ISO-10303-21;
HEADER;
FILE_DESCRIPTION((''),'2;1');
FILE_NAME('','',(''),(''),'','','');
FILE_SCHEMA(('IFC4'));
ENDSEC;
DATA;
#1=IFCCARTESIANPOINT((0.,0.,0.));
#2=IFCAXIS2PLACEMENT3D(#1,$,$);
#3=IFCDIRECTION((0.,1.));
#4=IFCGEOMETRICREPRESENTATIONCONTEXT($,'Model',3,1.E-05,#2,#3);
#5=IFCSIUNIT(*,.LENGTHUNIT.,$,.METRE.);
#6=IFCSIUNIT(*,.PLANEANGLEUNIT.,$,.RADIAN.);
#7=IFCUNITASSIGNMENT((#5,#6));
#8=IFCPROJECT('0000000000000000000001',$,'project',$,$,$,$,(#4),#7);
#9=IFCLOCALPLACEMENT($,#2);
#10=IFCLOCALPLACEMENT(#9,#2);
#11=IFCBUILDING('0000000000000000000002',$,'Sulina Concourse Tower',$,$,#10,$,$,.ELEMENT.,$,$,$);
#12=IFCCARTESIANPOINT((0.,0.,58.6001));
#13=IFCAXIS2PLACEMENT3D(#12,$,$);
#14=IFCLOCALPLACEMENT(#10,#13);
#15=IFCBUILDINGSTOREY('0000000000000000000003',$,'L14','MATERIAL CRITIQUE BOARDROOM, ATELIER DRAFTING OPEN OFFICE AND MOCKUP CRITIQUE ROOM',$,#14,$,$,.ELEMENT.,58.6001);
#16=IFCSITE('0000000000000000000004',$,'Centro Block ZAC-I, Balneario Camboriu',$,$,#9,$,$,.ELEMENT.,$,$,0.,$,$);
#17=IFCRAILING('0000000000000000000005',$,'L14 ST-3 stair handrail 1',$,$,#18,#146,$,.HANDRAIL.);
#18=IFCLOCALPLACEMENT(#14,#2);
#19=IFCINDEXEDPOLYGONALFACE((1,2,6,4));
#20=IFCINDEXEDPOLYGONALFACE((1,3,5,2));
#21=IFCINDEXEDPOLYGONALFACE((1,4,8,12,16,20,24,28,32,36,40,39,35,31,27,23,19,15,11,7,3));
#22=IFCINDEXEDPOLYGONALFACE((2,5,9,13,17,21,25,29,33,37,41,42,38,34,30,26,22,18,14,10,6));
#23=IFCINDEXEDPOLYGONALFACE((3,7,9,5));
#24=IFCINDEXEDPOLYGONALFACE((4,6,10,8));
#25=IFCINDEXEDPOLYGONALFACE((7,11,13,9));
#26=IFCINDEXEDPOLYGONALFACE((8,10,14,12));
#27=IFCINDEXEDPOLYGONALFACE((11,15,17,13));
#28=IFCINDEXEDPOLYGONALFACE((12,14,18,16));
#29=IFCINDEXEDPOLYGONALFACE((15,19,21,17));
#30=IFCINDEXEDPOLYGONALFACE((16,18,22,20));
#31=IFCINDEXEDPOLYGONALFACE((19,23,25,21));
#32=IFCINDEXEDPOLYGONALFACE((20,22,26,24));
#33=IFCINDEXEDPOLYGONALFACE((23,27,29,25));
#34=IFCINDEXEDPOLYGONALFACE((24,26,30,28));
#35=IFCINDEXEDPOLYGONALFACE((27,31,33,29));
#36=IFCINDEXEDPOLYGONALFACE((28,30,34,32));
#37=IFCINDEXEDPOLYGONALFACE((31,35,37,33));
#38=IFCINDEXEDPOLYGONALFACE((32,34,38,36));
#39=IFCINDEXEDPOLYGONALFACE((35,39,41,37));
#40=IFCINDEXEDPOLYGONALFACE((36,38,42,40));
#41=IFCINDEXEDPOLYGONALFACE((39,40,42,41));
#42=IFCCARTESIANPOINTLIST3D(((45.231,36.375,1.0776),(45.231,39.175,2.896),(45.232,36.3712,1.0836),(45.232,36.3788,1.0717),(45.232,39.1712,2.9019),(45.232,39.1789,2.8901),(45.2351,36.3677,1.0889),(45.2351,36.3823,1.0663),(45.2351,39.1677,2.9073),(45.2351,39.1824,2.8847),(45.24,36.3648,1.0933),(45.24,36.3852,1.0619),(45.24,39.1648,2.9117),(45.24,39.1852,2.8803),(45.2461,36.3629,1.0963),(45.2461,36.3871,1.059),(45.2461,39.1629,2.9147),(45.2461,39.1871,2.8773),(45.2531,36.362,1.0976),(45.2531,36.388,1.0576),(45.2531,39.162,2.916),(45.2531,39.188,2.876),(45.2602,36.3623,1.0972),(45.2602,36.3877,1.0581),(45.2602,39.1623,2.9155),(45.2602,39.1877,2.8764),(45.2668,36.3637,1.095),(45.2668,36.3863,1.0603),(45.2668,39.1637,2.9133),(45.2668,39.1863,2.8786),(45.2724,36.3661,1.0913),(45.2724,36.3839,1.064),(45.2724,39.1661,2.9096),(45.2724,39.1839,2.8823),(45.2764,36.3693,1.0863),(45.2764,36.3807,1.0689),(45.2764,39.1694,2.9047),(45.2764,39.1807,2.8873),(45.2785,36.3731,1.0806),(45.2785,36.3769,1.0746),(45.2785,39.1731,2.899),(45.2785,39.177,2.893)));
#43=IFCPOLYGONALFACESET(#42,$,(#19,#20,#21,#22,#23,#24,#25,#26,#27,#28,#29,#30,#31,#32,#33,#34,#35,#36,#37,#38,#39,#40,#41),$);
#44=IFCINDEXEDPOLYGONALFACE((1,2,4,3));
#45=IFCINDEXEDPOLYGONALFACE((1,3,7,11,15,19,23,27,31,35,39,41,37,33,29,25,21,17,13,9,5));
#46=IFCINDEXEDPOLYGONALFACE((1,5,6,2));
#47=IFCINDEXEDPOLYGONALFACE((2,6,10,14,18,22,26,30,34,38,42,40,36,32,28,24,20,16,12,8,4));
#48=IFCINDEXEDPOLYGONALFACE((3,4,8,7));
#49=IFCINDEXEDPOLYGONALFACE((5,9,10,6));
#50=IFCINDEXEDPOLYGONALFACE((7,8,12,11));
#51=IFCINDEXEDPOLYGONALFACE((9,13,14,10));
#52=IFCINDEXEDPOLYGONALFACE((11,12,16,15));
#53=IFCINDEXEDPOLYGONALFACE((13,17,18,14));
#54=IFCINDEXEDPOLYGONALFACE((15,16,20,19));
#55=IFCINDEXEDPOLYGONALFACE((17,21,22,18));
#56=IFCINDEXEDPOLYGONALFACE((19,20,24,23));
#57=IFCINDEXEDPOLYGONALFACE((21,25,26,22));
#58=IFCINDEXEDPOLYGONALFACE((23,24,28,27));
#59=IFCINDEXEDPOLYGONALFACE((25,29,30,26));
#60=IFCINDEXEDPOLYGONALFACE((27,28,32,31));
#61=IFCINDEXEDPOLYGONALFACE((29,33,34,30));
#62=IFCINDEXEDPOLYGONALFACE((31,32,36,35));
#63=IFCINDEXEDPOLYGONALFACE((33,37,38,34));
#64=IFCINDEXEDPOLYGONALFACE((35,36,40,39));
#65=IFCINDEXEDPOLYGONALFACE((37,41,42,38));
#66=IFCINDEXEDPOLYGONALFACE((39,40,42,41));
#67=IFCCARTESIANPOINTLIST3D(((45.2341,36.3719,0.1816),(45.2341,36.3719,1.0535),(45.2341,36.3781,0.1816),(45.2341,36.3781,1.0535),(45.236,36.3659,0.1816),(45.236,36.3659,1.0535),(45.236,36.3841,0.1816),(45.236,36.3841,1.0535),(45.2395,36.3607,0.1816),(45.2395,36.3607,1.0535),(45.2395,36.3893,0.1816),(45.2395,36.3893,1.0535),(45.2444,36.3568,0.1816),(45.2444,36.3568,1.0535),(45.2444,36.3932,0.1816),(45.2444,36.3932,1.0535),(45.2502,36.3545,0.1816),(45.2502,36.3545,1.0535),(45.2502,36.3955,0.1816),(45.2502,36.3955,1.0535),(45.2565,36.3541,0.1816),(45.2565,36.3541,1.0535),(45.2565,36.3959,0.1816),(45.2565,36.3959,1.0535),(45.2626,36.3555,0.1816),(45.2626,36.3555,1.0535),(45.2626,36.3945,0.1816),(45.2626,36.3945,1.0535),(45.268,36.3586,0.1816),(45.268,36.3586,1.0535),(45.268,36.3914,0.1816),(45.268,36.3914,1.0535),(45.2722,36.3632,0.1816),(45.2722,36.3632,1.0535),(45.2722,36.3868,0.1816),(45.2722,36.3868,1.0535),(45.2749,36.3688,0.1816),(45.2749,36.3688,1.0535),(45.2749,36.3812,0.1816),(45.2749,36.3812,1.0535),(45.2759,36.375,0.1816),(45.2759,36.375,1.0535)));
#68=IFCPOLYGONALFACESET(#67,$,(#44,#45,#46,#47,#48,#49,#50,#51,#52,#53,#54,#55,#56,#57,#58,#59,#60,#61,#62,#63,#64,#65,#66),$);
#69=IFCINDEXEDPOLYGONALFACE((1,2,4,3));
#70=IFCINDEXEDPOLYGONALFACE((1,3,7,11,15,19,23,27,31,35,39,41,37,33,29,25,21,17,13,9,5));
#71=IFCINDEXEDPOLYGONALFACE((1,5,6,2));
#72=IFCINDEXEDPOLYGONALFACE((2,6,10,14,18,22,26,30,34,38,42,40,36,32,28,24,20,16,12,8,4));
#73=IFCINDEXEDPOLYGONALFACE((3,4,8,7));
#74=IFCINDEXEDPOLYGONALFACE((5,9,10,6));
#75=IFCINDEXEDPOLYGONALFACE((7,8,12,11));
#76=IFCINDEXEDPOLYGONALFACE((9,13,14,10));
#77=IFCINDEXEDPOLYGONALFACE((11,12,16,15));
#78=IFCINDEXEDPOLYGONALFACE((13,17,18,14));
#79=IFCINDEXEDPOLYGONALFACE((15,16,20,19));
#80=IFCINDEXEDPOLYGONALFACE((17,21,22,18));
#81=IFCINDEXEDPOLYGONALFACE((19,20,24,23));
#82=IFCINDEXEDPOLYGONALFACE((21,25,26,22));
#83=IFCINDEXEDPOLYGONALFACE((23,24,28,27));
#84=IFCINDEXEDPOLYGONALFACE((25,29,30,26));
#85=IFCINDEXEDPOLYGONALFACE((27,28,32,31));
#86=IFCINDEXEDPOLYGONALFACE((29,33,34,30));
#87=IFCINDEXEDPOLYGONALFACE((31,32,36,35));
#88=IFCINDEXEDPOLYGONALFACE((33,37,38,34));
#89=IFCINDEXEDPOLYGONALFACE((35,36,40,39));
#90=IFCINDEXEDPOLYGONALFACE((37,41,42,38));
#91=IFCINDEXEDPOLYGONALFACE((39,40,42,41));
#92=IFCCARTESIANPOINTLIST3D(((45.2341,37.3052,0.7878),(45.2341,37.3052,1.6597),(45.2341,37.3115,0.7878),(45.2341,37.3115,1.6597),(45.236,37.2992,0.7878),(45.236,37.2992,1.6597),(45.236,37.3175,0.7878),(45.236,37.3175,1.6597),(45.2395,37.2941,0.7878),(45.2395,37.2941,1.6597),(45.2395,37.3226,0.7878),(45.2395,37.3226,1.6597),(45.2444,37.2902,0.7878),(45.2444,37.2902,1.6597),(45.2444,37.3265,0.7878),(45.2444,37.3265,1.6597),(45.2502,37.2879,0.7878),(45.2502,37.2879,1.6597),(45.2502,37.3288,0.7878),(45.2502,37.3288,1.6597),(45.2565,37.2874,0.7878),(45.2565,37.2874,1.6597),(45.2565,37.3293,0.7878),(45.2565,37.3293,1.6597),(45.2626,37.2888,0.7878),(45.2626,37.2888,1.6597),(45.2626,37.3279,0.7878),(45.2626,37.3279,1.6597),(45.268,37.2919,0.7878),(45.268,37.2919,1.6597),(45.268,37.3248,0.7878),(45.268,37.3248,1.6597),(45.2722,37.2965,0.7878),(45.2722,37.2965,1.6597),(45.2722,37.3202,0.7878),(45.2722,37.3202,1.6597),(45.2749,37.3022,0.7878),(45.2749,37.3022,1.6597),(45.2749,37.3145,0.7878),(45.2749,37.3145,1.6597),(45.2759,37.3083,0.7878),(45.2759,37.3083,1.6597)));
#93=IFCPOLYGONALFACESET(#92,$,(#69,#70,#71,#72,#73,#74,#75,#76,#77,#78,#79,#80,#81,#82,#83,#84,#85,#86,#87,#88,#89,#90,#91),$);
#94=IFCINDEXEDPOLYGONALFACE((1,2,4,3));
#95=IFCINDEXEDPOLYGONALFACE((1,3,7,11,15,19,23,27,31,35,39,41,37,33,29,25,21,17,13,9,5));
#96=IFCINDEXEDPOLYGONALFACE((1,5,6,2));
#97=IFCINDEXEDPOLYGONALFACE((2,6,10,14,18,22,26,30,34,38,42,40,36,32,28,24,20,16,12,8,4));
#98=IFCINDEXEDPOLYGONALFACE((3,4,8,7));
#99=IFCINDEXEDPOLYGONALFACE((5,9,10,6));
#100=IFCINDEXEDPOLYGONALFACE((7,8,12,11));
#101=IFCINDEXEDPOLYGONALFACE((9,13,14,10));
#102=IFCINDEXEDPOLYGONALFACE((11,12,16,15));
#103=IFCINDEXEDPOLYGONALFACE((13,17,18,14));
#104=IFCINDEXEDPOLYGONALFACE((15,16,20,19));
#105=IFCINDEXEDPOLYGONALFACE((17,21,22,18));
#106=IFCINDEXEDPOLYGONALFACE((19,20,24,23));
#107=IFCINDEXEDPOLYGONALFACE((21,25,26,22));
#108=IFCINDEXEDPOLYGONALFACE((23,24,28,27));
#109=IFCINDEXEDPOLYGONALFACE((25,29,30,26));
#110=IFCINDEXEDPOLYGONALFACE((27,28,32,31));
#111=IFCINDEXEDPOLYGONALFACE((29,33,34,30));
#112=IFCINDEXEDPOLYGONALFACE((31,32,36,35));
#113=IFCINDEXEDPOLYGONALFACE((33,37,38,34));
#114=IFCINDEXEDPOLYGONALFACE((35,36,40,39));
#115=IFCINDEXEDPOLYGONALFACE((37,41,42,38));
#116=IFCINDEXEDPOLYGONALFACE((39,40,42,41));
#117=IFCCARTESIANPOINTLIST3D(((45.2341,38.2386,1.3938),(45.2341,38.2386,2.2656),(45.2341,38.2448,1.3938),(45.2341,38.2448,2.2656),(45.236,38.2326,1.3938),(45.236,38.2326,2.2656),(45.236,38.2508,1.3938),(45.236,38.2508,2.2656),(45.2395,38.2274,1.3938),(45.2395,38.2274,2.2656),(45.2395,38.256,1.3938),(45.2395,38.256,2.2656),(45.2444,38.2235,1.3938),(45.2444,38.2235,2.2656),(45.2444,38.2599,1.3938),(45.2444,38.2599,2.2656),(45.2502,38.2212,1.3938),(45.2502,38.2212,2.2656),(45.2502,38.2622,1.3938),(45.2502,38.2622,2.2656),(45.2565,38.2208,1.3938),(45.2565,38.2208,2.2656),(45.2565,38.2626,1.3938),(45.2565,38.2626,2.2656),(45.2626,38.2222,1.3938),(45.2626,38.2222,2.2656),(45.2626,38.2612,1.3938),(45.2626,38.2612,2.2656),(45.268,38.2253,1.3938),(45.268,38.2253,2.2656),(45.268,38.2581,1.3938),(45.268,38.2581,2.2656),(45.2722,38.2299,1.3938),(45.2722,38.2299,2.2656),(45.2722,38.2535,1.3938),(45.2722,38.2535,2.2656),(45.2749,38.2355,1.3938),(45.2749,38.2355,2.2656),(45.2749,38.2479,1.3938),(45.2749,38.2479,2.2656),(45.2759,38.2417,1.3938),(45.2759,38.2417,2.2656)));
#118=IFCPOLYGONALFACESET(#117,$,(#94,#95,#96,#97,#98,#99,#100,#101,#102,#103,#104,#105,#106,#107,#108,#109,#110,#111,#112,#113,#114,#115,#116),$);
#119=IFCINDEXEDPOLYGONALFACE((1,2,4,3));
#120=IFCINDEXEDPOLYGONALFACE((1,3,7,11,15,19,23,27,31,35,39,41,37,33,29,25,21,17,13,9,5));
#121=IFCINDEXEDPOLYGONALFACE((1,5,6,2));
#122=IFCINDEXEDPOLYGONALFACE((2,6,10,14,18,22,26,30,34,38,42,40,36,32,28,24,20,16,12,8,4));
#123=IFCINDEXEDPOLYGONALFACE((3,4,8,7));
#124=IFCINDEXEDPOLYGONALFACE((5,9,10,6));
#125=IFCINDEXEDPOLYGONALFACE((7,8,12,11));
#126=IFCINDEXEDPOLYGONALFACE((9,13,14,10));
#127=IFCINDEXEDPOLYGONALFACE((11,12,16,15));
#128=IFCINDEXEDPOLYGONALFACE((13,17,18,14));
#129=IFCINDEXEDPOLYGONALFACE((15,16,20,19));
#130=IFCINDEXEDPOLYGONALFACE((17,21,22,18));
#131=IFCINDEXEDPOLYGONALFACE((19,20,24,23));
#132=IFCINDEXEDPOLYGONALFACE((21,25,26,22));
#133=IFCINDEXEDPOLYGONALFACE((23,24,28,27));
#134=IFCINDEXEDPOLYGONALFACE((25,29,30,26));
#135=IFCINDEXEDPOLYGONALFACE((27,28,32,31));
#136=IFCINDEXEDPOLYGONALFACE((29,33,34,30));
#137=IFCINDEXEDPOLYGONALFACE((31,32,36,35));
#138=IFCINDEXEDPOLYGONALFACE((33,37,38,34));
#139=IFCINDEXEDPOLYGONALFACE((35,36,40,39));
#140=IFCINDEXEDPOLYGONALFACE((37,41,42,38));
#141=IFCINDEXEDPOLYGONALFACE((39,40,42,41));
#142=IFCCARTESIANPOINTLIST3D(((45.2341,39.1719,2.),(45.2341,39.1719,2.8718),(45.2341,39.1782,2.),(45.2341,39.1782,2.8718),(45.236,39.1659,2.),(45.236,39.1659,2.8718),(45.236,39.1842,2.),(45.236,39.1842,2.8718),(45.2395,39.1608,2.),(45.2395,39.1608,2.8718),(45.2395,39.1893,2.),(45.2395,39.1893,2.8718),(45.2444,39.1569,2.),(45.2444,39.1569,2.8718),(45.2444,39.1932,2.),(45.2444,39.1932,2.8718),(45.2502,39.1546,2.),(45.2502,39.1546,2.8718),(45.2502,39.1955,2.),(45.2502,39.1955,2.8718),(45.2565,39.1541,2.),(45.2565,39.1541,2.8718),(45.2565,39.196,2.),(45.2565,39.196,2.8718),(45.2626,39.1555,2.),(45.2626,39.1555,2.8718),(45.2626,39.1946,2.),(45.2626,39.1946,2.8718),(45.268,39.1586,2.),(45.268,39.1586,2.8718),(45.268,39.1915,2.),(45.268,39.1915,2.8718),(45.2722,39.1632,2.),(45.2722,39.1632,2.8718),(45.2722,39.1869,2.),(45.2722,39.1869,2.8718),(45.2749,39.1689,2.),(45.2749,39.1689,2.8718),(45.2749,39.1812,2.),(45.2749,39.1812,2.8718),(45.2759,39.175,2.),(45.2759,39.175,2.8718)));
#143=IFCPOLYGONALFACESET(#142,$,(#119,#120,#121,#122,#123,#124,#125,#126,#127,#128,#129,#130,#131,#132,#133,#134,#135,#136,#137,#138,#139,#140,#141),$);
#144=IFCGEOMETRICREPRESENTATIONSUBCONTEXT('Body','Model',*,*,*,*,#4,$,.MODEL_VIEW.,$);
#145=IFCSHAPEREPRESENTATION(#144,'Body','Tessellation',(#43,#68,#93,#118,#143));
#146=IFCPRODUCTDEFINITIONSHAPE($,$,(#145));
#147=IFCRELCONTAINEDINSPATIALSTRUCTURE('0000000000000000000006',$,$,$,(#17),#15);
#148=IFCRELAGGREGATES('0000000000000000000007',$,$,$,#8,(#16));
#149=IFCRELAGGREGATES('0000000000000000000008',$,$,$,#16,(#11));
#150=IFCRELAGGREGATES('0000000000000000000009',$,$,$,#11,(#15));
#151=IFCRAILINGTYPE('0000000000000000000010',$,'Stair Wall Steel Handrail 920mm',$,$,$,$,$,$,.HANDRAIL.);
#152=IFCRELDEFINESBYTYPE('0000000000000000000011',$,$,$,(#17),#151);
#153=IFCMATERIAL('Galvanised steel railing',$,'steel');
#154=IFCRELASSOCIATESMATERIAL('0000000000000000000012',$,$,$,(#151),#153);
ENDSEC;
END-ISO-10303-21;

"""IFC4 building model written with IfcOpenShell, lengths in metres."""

from ifc_helpers import new_model, si_unit, direction, frame, origin, origin_2d, place, context, subcontext, project, spatial, circle, extrude, material, type_object, element, save


model = new_model("IFC4")

# Units and contexts
model_context = context("Model", 3, precision=1e-05, world=origin(), true_north=direction((0.0, 1.0)))
body_context = subcontext(model_context, "Body", "Model", "MODEL_VIEW")
ifc_project = project(units=[si_unit("LENGTHUNIT", "METRE"), si_unit("PLANEANGLEUNIT", "RADIAN")], contexts=[model_context])

# Site, building, storey
site_placement = place(None, origin())
site = spatial("IfcSite", under=ifc_project, at=site_placement, Name="Centro Block ZAC-I, Balneario Camboriu", CompositionType="ELEMENT", RefElevation=0.0)
building_placement = place(site_placement, origin())
building = spatial("IfcBuilding", under=site, at=building_placement, Name="Sulina Concourse Tower", CompositionType="ELEMENT")
storey_placement = place(building_placement, frame((0.0, 0.0, 58.6001)))
storey = spatial("IfcBuildingStorey", under=building, at=storey_placement, Name="L14", Description="MATERIAL CRITIQUE BOARDROOM, ATELIER DRAFTING OPEN OFFICE AND MOCKUP CRITIQUE ROOM", CompositionType="ELEMENT", Elevation=58.6001)

# Railing
ifc_material_1 = material(Name="Galvanised steel railing", Category="steel")
railing_type_1 = type_object("IfcRailingType", Name="Stair Wall Steel Handrail 920mm", PredefinedType="HANDRAIL", material=ifc_material_1)
railing_1_placement = place(storey_placement, frame((45.2549, 36.375, 0.1816)))
element("IfcRailing", 1, at=railing_1_placement, inside=storey, type_object=railing_type_1, Name="L14 ST-3 stair handrail 1", PredefinedType="HANDRAIL", context=body_context, shape_type="SweptSolid", body=[
    extrude(circle(Radius=0.0239, at=origin_2d()), frame((0.0, 0.0, 0.896), z_axis=(0.0, 0.838672, 0.544636), x_axis=(-1.0, 0.0, 0.0)), (0.0, 0.0, 1.0), 3.3386),
    extrude(circle(Radius=0.021, at=origin_2d()), origin(), (0.0, 0.0, 1.0), 0.8718),
    extrude(circle(Radius=0.021, at=origin_2d()), frame((0.0, 0.9333, 0.6062)), (0.0, 0.0, 1.0), 0.8718),
    extrude(circle(Radius=0.021, at=origin_2d()), frame((0.0, 1.8667, 1.2122)), (0.0, 0.0, 1.0), 0.8718),
    extrude(circle(Radius=0.021, at=origin_2d()), frame((0.0, 2.8, 1.8184)), (0.0, 0.0, 1.0), 0.8718),
])

save(model, "model.ifc")
